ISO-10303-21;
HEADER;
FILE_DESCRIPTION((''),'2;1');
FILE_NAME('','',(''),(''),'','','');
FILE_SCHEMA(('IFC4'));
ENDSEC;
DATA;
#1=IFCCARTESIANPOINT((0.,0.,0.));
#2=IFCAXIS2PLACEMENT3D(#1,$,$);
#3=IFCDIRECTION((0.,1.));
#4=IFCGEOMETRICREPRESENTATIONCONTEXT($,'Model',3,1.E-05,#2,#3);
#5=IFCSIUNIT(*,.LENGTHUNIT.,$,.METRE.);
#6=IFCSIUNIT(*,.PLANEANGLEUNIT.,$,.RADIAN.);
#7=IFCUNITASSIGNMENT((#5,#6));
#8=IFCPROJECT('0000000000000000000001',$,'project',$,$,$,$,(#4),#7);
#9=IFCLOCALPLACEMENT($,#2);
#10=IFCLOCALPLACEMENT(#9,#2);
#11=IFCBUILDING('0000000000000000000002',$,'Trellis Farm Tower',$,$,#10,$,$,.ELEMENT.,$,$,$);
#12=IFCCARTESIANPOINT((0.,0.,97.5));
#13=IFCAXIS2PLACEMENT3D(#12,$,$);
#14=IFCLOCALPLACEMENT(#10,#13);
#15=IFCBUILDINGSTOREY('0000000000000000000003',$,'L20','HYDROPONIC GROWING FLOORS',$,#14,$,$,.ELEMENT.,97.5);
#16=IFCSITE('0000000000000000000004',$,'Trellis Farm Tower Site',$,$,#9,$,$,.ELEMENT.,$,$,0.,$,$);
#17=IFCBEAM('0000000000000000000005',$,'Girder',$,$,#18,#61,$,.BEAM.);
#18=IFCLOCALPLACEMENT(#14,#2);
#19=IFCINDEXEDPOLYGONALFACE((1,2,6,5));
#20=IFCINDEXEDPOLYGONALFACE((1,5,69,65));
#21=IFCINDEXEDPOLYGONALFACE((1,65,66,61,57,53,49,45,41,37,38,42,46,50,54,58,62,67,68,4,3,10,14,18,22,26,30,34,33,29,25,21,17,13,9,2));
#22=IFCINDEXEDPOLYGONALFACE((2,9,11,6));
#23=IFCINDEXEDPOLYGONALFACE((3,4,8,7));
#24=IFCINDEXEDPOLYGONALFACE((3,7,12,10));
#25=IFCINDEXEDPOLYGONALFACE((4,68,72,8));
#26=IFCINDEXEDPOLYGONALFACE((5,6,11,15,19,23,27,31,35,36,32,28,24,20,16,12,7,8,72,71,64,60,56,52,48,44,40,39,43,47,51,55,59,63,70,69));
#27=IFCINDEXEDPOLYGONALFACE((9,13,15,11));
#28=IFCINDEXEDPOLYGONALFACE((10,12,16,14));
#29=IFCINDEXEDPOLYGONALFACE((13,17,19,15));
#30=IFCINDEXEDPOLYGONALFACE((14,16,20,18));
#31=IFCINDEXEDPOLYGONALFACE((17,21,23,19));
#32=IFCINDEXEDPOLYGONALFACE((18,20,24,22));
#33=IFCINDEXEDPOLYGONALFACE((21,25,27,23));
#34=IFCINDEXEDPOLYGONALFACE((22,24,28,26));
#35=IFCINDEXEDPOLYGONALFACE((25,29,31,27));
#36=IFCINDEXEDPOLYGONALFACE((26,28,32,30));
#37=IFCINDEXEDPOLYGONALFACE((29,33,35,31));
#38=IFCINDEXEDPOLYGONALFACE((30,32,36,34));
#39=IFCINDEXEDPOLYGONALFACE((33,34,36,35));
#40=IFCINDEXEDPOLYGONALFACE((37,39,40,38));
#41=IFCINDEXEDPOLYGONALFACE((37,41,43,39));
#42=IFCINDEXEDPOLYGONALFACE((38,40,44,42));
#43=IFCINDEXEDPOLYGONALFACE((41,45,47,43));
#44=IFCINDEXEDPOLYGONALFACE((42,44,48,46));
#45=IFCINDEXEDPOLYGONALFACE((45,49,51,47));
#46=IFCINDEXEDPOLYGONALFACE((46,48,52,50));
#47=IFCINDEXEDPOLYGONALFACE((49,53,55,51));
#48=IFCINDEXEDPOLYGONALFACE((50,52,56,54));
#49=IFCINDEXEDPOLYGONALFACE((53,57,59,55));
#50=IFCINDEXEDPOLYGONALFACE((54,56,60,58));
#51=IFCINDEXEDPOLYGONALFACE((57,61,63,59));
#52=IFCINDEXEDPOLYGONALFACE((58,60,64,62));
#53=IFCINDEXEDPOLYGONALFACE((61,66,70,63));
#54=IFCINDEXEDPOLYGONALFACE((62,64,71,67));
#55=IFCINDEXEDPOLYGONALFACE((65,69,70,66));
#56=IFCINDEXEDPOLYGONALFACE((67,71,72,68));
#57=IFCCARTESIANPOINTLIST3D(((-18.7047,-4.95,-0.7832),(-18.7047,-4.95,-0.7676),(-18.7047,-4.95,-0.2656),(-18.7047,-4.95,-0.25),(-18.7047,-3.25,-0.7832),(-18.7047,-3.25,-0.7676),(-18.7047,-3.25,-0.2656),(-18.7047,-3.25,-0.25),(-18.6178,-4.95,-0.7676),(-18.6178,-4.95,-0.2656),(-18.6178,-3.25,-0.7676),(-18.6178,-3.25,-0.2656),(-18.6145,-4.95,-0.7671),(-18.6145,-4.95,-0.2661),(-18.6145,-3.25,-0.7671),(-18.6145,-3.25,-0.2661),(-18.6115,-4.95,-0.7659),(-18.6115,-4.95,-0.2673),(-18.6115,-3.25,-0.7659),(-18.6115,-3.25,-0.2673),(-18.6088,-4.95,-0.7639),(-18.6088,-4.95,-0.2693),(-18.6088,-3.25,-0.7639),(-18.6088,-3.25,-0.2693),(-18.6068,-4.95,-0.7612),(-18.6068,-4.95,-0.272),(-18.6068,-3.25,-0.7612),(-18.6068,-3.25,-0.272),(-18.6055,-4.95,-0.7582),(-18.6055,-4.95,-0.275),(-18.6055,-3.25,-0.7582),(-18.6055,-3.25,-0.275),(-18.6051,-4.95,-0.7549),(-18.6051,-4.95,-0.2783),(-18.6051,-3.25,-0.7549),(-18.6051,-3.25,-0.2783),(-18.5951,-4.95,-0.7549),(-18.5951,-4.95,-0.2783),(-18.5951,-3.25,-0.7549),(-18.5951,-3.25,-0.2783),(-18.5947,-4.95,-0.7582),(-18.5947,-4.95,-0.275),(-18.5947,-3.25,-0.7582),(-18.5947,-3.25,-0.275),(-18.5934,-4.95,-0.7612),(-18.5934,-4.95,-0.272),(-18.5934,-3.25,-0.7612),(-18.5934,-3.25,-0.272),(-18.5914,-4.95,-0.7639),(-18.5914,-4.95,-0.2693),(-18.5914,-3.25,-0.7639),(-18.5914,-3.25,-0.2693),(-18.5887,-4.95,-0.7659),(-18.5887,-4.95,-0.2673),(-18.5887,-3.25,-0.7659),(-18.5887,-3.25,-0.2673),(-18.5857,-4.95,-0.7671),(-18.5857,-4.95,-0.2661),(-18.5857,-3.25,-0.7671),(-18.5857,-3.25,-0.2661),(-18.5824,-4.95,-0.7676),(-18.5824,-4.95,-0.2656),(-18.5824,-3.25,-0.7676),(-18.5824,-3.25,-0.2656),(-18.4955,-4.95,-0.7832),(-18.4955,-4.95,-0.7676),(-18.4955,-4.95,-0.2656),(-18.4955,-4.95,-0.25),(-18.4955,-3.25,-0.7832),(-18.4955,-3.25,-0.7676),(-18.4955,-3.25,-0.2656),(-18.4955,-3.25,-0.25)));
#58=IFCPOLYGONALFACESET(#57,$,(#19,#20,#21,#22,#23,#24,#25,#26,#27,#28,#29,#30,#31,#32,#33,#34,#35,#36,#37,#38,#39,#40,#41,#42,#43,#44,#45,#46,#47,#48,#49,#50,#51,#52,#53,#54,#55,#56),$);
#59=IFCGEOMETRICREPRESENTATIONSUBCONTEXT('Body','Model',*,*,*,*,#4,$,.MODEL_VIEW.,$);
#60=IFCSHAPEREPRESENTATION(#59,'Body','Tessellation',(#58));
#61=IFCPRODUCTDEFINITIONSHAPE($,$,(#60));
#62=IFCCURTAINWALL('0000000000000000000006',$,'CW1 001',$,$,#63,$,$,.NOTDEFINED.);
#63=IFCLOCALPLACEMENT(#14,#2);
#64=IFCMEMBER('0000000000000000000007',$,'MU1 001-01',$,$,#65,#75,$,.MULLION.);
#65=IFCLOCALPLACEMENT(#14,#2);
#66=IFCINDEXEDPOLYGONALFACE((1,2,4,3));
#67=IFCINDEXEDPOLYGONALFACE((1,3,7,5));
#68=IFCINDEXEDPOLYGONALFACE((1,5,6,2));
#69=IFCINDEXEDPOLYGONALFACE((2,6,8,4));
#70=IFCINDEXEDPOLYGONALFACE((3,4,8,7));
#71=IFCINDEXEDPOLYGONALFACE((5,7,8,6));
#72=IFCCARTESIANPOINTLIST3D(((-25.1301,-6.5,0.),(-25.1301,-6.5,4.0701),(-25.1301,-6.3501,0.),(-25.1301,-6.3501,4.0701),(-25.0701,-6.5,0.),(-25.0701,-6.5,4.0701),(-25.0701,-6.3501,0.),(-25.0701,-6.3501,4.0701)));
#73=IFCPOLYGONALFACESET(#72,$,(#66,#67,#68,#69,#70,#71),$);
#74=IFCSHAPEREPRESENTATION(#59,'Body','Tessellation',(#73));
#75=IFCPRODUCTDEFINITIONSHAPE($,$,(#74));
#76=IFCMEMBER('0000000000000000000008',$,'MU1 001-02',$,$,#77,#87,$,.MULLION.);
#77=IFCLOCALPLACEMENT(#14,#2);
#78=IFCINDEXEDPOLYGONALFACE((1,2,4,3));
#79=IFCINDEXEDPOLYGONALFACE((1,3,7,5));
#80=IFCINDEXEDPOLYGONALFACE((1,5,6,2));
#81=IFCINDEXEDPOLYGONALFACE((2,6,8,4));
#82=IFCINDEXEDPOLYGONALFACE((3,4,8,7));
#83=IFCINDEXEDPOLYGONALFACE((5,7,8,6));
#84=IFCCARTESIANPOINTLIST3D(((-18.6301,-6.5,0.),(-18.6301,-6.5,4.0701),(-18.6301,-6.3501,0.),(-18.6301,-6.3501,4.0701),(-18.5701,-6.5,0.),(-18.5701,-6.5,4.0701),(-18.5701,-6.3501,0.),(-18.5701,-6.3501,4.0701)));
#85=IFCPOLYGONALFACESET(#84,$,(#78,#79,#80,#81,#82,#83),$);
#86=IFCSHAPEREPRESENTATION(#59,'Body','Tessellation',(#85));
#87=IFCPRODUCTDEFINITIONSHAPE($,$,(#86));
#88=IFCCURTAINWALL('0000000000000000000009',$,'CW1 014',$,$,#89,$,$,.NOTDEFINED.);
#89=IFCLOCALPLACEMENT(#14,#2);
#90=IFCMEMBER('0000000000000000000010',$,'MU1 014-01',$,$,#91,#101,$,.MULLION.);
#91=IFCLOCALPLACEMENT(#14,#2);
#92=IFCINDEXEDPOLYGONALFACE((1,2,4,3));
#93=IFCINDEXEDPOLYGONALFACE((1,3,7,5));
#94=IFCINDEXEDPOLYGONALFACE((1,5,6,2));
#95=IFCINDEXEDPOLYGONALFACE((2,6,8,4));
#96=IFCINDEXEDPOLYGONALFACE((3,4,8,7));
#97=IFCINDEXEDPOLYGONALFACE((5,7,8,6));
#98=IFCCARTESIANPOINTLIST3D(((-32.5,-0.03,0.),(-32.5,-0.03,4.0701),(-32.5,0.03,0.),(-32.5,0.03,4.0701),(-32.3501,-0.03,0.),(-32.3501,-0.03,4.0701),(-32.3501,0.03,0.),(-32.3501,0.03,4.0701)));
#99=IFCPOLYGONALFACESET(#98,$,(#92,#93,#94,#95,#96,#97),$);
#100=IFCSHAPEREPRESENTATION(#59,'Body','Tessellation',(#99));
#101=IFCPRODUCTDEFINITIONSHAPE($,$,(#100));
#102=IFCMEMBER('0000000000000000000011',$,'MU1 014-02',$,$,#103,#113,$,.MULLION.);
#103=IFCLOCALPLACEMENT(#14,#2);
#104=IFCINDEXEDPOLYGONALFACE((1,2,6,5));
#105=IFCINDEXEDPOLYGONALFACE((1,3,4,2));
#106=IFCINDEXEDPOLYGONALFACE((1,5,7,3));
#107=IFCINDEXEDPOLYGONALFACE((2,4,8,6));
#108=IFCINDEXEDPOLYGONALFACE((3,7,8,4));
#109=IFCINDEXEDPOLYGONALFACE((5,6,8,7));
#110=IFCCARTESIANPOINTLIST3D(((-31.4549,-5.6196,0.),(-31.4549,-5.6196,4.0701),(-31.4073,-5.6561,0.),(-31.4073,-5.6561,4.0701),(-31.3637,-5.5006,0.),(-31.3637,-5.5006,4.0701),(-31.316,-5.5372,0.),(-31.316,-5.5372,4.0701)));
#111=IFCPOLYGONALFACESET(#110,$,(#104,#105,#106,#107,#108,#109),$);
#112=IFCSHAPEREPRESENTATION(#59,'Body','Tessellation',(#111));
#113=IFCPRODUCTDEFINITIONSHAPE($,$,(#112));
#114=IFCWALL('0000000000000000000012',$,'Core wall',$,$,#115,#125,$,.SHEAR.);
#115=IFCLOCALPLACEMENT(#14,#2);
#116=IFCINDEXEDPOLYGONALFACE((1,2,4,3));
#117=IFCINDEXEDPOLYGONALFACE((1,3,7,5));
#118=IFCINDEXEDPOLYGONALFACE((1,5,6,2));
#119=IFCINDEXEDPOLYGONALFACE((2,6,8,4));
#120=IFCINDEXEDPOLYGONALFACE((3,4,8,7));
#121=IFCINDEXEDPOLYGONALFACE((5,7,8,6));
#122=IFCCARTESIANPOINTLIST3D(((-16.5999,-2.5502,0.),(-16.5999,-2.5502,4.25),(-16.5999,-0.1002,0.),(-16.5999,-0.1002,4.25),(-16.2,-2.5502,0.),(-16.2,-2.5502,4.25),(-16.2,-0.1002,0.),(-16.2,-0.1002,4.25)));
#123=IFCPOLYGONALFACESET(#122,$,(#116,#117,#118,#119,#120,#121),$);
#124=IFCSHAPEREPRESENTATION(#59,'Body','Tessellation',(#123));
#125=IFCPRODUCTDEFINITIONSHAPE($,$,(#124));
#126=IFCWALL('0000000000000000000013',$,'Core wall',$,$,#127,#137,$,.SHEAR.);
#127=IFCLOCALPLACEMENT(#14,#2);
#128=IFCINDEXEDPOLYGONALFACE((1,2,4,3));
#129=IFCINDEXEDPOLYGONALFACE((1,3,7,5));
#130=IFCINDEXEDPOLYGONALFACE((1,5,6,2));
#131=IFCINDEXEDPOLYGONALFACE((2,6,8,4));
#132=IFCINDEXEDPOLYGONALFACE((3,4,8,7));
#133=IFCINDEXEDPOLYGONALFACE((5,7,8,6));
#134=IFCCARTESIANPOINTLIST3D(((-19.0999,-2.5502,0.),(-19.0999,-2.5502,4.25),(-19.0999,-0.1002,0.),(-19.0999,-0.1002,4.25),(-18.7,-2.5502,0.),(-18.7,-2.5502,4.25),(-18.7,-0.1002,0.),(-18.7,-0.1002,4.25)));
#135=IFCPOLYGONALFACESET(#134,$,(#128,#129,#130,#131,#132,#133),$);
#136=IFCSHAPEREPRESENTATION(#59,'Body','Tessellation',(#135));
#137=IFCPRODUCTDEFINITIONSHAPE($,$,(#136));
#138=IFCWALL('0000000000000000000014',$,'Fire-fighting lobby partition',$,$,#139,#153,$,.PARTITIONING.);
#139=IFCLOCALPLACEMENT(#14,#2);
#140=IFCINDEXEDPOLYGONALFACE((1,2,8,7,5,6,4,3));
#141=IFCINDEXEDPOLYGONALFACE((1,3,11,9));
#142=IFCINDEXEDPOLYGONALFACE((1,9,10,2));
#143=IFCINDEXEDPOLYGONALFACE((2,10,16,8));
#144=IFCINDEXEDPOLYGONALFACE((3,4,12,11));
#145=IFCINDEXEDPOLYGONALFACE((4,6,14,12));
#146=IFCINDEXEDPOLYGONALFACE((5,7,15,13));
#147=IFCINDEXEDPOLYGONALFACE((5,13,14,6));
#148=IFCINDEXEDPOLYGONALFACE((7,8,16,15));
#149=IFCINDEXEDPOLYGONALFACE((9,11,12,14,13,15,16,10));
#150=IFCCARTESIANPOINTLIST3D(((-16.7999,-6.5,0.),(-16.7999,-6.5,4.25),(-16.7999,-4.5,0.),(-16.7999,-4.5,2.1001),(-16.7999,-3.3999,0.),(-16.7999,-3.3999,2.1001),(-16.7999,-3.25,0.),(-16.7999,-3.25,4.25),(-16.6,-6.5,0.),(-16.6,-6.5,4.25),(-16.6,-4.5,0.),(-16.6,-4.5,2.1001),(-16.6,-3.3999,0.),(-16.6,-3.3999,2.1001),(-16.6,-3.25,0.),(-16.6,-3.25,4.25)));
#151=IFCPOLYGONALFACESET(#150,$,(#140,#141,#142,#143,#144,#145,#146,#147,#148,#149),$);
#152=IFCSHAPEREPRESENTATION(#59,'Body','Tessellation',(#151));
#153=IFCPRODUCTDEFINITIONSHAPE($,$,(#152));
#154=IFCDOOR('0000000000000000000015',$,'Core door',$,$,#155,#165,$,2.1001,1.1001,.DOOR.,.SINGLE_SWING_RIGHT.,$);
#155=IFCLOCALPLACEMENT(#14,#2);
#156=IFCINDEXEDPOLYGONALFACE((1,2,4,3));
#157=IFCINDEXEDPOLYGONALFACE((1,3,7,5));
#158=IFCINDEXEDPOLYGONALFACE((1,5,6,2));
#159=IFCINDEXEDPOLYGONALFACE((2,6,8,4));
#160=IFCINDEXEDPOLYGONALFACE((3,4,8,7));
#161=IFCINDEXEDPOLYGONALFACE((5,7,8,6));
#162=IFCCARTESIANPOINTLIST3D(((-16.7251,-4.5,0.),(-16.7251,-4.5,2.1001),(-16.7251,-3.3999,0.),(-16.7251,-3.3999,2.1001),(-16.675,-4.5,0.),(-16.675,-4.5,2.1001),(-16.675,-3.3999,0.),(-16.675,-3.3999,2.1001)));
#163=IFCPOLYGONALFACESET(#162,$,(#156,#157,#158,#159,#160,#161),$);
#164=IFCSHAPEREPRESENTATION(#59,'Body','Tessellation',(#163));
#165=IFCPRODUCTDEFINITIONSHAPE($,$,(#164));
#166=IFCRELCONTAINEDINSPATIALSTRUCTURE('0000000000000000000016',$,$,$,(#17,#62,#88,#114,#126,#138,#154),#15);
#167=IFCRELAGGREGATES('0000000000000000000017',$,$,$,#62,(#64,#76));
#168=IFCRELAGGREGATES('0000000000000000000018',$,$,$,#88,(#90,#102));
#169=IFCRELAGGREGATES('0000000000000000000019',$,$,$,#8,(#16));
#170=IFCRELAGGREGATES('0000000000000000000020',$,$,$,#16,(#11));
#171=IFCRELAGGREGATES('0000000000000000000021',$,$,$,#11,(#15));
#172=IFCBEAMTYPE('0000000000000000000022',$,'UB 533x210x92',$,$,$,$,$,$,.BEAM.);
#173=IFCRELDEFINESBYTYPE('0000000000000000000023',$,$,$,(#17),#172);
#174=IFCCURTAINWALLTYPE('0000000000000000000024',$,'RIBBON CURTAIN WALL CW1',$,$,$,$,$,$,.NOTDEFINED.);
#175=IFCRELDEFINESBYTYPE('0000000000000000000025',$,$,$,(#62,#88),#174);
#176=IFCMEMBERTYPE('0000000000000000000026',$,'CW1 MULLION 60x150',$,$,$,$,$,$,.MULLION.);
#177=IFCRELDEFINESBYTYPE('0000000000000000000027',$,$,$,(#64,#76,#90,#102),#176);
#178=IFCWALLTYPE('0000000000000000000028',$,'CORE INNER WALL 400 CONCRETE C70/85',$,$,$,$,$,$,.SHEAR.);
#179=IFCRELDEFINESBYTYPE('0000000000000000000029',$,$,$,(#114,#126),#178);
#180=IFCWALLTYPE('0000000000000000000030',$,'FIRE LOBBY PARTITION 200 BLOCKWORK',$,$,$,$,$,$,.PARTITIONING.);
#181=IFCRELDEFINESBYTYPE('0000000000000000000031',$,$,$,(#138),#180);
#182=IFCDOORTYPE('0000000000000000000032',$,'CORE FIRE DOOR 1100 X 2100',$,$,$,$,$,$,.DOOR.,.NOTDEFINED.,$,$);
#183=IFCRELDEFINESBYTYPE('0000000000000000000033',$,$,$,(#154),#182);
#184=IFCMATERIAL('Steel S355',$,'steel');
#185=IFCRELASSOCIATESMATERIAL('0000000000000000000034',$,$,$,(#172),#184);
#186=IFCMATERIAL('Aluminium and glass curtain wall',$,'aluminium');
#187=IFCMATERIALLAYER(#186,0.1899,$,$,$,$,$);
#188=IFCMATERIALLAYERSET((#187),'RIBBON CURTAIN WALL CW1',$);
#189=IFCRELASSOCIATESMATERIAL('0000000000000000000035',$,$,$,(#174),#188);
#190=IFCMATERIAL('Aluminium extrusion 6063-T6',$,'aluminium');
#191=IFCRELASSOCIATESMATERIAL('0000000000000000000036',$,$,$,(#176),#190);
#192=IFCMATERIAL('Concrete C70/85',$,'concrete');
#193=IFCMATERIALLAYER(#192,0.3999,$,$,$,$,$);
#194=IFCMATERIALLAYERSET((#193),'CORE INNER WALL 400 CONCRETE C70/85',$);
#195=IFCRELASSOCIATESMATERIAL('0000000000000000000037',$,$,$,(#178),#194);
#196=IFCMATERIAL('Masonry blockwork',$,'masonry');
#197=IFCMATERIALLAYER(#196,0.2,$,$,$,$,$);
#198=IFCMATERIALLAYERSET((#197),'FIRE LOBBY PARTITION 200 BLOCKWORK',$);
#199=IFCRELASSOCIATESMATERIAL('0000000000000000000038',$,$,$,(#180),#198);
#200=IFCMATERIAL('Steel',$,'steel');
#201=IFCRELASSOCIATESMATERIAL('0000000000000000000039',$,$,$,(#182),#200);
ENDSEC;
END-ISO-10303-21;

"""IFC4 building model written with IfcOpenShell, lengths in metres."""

from ifc_helpers import new_model, si_unit, direction, frame, frame_2d, origin, origin_2d, place, context, subcontext, project, spatial, rectangle, i_section, extrude, source, transform, mapped, material, layer, layer_set, material_profile, profile_set, type_object, element, fill, aggregate, save


model = new_model("IFC4")

# Units and contexts
model_context = context("Model", 3, precision=1e-05, world=origin(), true_north=direction((0.0, 1.0)))
body_context = subcontext(model_context, "Body", "Model", "MODEL_VIEW")
ifc_project = project(units=[si_unit("LENGTHUNIT", "METRE"), si_unit("PLANEANGLEUNIT", "RADIAN")], contexts=[model_context])

# Site, building, storey
site_placement = place(None, origin())
site = spatial("IfcSite", under=ifc_project, at=site_placement, Name="Trellis Farm Tower Site", CompositionType="ELEMENT", RefElevation=0.0)
building_placement = place(site_placement, origin())
building = spatial("IfcBuilding", under=site, at=building_placement, Name="Trellis Farm Tower", CompositionType="ELEMENT")
storey_placement = place(building_placement, frame((0.0, 0.0, 97.5)))
storey = spatial("IfcBuildingStorey", under=building, at=storey_placement, Name="L20", Description="HYDROPONIC GROWING FLOORS", CompositionType="ELEMENT", Elevation=97.5)

# Beam
ifc_material_1 = material(Name="Steel S355", Category="steel")
ifc_material_profile_1 = material_profile(ifc_material_1, i_section(OverallWidth=0.2092, OverallDepth=0.5332, WebThickness=0.01, FlangeThickness=0.0156, FilletRadius=0.0127, at=origin_2d()), Name="UB 533x210x92")
ifc_profile_set_1 = profile_set([ifc_material_profile_1], Name="Steel S355")
beam_type_1 = type_object("IfcBeamType", Name="UB 533x210x92", PredefinedType="BEAM", material=ifc_profile_set_1)
shared_shape_1 = source(origin(), body_context, "Body", "SweptSolid", [
    extrude(i_section(OverallWidth=0.2092, OverallDepth=0.5332, WebThickness=0.01, FlangeThickness=0.0156, FilletRadius=0.0127, at=origin_2d()), origin(), (0.0, 0.0, 1.0), 1.7),
])
beam_1_placement = place(storey_placement, frame((-18.6001, -4.95, -0.5166), z_axis=(0.0, 1.0, 0.0), x_axis=(-1.0, 0.0, 0.0)))
element("IfcBeam", 1, at=beam_1_placement, inside=storey, type_object=beam_type_1, Name="Girder", PredefinedType="BEAM", context=body_context, shape_type="MappedRepresentation", body=[
    mapped(shared_shape_1, transform((0.0, 0.0, 0.0))),
])

# Curtain walls, members
ifc_material_2 = material(Name="Aluminium and glass curtain wall", Category="aluminium")
ifc_layer_1 = layer(ifc_material_2, 0.1899)
ifc_layer_set_1 = layer_set([ifc_layer_1], Name="RIBBON CURTAIN WALL CW1")
curtain_wall_type = type_object("IfcCurtainWallType", Name="RIBBON CURTAIN WALL CW1", PredefinedType="NOTDEFINED", material=ifc_layer_set_1)
placement = place(storey_placement, origin())
curtain_wall_1 = element("IfcCurtainWall", 2, at=placement, inside=storey, type_object=curtain_wall_type, Name="CW1 001", PredefinedType="NOTDEFINED")
ifc_material_3 = material(Name="Aluminium extrusion 6063-T6", Category="aluminium")
ifc_material_profile_2 = material_profile(ifc_material_3, rectangle(XDim=0.0601, YDim=0.1499, at=origin_2d()), Name="MULLION 60x150")
ifc_profile_set_2 = profile_set([ifc_material_profile_2], Name="Aluminium extrusion 6063-T6")
member_type = type_object("IfcMemberType", Name="CW1 MULLION 60x150", PredefinedType="MULLION", material=ifc_profile_set_2)
shared_shape_2 = source(origin(), body_context, "Body", "SweptSolid", [
    extrude(rectangle(XDim=0.0601, YDim=0.1499, at=origin_2d()), origin(), (0.0, 0.0, 1.0), 4.0701),
])
member_1_placement = place(storey_placement, frame((-25.1001, -6.425, 0.0), z_axis=(0.0, 0.0, 1.0), x_axis=(1.0, 0.0, 0.0)))
member_1 = element("IfcMember", 3, at=member_1_placement, type_object=member_type, Name="MU1 001-01", PredefinedType="MULLION", context=body_context, shape_type="MappedRepresentation", body=[
    mapped(shared_shape_2, transform((0.0, 0.0, 0.0))),
])
member_2_placement = place(storey_placement, frame((-18.6001, -6.425, 0.0), z_axis=(0.0, 0.0, 1.0), x_axis=(1.0, 0.0, 0.0)))
member_2 = element("IfcMember", 4, at=member_2_placement, type_object=member_type, Name="MU1 001-02", PredefinedType="MULLION", context=body_context, shape_type="MappedRepresentation", body=[
    mapped(shared_shape_2, transform((0.0, 0.0, 0.0))),
])
aggregate(curtain_wall_1, [member_1, member_2])
curtain_wall_2 = element("IfcCurtainWall", 5, at=placement, inside=storey, type_object=curtain_wall_type, Name="CW1 014", PredefinedType="NOTDEFINED")
member_3_placement = place(storey_placement, frame((-32.425, 0.0, 0.0), z_axis=(0.0, 0.0, 1.0), x_axis=(0.0, -1.0, 0.0)))
member_3 = element("IfcMember", 6, at=member_3_placement, type_object=member_type, Name="MU1 014-01", PredefinedType="MULLION", context=body_context, shape_type="MappedRepresentation", body=[
    mapped(shared_shape_2, transform((0.0, 0.0, 0.0))),
])
member_4_placement = place(storey_placement, frame((-31.3855, -5.5784, 0.0), z_axis=(0.0, 0.0, 1.0), x_axis=(0.793353, -0.608761, 0.0)))
member_4 = element("IfcMember", 7, at=member_4_placement, type_object=member_type, Name="MU1 014-02", PredefinedType="MULLION", context=body_context, shape_type="MappedRepresentation", body=[
    mapped(shared_shape_2, transform((0.0, 0.0, 0.0))),
])
aggregate(curtain_wall_2, [member_3, member_4])

# Walls
ifc_material_4 = material(Name="Concrete C70/85", Category="concrete")
ifc_layer_2 = layer(ifc_material_4, 0.3999)
ifc_layer_set_2 = layer_set([ifc_layer_2], Name="CORE INNER WALL 400 CONCRETE C70/85")
wall_type_1 = type_object("IfcWallType", Name="CORE INNER WALL 400 CONCRETE C70/85", PredefinedType="SHEAR", material=ifc_layer_set_2)
shared_shape_3 = source(origin(), body_context, "Body", "SweptSolid", [
    extrude(rectangle(XDim=2.45, YDim=0.3999, at=frame_2d((1.2251, 0.0))), origin(), (0.0, 0.0, 1.0), 4.25),
])
for number, where, z_axis, x_axis, name in (
    (8, (-16.3999, -0.1001, 0.0), (0.0, 0.0, 1.0), (0.0, -1.0, 0.0), "Core wall"),
    (9, (-18.8999, -0.1001, 0.0), (0.0, 0.0, 1.0), (0.0, -1.0, 0.0), "Core wall"),
):
    element("IfcWall", number, at=place(storey_placement, frame(where, z_axis=z_axis, x_axis=x_axis)), inside=storey, type_object=wall_type_1, Name=name, PredefinedType="SHEAR", context=body_context, shape_type="MappedRepresentation", body=[
        mapped(shared_shape_3, transform((0.0, 0.0, 0.0))),
    ])

# Wall, opening, door
ifc_material_5 = material(Name="Masonry blockwork", Category="masonry")
ifc_layer_3 = layer(ifc_material_5, 0.2)
ifc_layer_set_3 = layer_set([ifc_layer_3], Name="FIRE LOBBY PARTITION 200 BLOCKWORK")
wall_type_2 = type_object("IfcWallType", Name="FIRE LOBBY PARTITION 200 BLOCKWORK", PredefinedType="PARTITIONING", material=ifc_layer_set_3)
shared_shape_4 = source(origin(), body_context, "Body", "SweptSolid", [
    extrude(rectangle(XDim=3.25, YDim=0.2, at=frame_2d((1.625, 0.0))), origin(), (0.0, 0.0, 1.0), 4.25),
])
wall_1_placement = place(storey_placement, frame((-16.7, -3.25, 0.0), z_axis=(0.0, 0.0, 1.0), x_axis=(0.0, -1.0, 0.0)))
wall_1 = element("IfcWall", 10, at=wall_1_placement, inside=storey, type_object=wall_type_2, Name="Fire-fighting lobby partition", PredefinedType="PARTITIONING", context=body_context, shape_type="MappedRepresentation", body=[
    mapped(shared_shape_4, transform((0.0, 0.0, 0.0))),
])
shared_shape_5 = source(origin(), body_context, "Body", "SweptSolid", [
    extrude(rectangle(XDim=1.1001, YDim=2.1001, at=frame_2d((0.55, 1.05))), frame((0.0, 0.1101, 0.0), z_axis=(0.0, -1.0, 0.0), x_axis=(1.0, 0.0, 0.0)), (0.0, 0.0, 1.0), 0.2202),
])
opening_1_placement = place(wall_1_placement, frame((0.1499, 0.0, 0.0)))
opening_1 = element("IfcOpeningElement", 11, at=opening_1_placement, cuts=wall_1, PredefinedType="OPENING", context=body_context, shape_type="MappedRepresentation", body=[
    mapped(shared_shape_5, transform((0.0, 0.0, 0.0))),
])
ifc_material_6 = material(Name="Steel", Category="steel")
door_type_1 = type_object("IfcDoorType", Name="CORE FIRE DOOR 1100 X 2100", OperationType="NOTDEFINED", PredefinedType="DOOR", material=ifc_material_6)
shared_shape_6 = source(origin(), body_context, "Body", "SweptSolid", [
    extrude(rectangle(XDim=1.1001, YDim=2.1001, at=frame_2d((0.55, 1.05))), frame((0.0, 0.0249, 0.0), z_axis=(0.0, -1.0, 0.0), x_axis=(1.0, 0.0, 0.0)), (0.0, 0.0, 1.0), 0.05),
])
door_1_placement = place(opening_1_placement, origin())
door_1 = element("IfcDoor", 12, at=door_1_placement, inside=storey, type_object=door_type_1, Name="Core door", OperationType="SINGLE_SWING_RIGHT", OverallHeight=2.1001, OverallWidth=1.1001, PredefinedType="DOOR", context=body_context, shape_type="MappedRepresentation", body=[
    mapped(shared_shape_6, transform((0.0, 0.0, 0.0))),
])
fill(opening_1, door_1)

save(model, "model.ifc")
